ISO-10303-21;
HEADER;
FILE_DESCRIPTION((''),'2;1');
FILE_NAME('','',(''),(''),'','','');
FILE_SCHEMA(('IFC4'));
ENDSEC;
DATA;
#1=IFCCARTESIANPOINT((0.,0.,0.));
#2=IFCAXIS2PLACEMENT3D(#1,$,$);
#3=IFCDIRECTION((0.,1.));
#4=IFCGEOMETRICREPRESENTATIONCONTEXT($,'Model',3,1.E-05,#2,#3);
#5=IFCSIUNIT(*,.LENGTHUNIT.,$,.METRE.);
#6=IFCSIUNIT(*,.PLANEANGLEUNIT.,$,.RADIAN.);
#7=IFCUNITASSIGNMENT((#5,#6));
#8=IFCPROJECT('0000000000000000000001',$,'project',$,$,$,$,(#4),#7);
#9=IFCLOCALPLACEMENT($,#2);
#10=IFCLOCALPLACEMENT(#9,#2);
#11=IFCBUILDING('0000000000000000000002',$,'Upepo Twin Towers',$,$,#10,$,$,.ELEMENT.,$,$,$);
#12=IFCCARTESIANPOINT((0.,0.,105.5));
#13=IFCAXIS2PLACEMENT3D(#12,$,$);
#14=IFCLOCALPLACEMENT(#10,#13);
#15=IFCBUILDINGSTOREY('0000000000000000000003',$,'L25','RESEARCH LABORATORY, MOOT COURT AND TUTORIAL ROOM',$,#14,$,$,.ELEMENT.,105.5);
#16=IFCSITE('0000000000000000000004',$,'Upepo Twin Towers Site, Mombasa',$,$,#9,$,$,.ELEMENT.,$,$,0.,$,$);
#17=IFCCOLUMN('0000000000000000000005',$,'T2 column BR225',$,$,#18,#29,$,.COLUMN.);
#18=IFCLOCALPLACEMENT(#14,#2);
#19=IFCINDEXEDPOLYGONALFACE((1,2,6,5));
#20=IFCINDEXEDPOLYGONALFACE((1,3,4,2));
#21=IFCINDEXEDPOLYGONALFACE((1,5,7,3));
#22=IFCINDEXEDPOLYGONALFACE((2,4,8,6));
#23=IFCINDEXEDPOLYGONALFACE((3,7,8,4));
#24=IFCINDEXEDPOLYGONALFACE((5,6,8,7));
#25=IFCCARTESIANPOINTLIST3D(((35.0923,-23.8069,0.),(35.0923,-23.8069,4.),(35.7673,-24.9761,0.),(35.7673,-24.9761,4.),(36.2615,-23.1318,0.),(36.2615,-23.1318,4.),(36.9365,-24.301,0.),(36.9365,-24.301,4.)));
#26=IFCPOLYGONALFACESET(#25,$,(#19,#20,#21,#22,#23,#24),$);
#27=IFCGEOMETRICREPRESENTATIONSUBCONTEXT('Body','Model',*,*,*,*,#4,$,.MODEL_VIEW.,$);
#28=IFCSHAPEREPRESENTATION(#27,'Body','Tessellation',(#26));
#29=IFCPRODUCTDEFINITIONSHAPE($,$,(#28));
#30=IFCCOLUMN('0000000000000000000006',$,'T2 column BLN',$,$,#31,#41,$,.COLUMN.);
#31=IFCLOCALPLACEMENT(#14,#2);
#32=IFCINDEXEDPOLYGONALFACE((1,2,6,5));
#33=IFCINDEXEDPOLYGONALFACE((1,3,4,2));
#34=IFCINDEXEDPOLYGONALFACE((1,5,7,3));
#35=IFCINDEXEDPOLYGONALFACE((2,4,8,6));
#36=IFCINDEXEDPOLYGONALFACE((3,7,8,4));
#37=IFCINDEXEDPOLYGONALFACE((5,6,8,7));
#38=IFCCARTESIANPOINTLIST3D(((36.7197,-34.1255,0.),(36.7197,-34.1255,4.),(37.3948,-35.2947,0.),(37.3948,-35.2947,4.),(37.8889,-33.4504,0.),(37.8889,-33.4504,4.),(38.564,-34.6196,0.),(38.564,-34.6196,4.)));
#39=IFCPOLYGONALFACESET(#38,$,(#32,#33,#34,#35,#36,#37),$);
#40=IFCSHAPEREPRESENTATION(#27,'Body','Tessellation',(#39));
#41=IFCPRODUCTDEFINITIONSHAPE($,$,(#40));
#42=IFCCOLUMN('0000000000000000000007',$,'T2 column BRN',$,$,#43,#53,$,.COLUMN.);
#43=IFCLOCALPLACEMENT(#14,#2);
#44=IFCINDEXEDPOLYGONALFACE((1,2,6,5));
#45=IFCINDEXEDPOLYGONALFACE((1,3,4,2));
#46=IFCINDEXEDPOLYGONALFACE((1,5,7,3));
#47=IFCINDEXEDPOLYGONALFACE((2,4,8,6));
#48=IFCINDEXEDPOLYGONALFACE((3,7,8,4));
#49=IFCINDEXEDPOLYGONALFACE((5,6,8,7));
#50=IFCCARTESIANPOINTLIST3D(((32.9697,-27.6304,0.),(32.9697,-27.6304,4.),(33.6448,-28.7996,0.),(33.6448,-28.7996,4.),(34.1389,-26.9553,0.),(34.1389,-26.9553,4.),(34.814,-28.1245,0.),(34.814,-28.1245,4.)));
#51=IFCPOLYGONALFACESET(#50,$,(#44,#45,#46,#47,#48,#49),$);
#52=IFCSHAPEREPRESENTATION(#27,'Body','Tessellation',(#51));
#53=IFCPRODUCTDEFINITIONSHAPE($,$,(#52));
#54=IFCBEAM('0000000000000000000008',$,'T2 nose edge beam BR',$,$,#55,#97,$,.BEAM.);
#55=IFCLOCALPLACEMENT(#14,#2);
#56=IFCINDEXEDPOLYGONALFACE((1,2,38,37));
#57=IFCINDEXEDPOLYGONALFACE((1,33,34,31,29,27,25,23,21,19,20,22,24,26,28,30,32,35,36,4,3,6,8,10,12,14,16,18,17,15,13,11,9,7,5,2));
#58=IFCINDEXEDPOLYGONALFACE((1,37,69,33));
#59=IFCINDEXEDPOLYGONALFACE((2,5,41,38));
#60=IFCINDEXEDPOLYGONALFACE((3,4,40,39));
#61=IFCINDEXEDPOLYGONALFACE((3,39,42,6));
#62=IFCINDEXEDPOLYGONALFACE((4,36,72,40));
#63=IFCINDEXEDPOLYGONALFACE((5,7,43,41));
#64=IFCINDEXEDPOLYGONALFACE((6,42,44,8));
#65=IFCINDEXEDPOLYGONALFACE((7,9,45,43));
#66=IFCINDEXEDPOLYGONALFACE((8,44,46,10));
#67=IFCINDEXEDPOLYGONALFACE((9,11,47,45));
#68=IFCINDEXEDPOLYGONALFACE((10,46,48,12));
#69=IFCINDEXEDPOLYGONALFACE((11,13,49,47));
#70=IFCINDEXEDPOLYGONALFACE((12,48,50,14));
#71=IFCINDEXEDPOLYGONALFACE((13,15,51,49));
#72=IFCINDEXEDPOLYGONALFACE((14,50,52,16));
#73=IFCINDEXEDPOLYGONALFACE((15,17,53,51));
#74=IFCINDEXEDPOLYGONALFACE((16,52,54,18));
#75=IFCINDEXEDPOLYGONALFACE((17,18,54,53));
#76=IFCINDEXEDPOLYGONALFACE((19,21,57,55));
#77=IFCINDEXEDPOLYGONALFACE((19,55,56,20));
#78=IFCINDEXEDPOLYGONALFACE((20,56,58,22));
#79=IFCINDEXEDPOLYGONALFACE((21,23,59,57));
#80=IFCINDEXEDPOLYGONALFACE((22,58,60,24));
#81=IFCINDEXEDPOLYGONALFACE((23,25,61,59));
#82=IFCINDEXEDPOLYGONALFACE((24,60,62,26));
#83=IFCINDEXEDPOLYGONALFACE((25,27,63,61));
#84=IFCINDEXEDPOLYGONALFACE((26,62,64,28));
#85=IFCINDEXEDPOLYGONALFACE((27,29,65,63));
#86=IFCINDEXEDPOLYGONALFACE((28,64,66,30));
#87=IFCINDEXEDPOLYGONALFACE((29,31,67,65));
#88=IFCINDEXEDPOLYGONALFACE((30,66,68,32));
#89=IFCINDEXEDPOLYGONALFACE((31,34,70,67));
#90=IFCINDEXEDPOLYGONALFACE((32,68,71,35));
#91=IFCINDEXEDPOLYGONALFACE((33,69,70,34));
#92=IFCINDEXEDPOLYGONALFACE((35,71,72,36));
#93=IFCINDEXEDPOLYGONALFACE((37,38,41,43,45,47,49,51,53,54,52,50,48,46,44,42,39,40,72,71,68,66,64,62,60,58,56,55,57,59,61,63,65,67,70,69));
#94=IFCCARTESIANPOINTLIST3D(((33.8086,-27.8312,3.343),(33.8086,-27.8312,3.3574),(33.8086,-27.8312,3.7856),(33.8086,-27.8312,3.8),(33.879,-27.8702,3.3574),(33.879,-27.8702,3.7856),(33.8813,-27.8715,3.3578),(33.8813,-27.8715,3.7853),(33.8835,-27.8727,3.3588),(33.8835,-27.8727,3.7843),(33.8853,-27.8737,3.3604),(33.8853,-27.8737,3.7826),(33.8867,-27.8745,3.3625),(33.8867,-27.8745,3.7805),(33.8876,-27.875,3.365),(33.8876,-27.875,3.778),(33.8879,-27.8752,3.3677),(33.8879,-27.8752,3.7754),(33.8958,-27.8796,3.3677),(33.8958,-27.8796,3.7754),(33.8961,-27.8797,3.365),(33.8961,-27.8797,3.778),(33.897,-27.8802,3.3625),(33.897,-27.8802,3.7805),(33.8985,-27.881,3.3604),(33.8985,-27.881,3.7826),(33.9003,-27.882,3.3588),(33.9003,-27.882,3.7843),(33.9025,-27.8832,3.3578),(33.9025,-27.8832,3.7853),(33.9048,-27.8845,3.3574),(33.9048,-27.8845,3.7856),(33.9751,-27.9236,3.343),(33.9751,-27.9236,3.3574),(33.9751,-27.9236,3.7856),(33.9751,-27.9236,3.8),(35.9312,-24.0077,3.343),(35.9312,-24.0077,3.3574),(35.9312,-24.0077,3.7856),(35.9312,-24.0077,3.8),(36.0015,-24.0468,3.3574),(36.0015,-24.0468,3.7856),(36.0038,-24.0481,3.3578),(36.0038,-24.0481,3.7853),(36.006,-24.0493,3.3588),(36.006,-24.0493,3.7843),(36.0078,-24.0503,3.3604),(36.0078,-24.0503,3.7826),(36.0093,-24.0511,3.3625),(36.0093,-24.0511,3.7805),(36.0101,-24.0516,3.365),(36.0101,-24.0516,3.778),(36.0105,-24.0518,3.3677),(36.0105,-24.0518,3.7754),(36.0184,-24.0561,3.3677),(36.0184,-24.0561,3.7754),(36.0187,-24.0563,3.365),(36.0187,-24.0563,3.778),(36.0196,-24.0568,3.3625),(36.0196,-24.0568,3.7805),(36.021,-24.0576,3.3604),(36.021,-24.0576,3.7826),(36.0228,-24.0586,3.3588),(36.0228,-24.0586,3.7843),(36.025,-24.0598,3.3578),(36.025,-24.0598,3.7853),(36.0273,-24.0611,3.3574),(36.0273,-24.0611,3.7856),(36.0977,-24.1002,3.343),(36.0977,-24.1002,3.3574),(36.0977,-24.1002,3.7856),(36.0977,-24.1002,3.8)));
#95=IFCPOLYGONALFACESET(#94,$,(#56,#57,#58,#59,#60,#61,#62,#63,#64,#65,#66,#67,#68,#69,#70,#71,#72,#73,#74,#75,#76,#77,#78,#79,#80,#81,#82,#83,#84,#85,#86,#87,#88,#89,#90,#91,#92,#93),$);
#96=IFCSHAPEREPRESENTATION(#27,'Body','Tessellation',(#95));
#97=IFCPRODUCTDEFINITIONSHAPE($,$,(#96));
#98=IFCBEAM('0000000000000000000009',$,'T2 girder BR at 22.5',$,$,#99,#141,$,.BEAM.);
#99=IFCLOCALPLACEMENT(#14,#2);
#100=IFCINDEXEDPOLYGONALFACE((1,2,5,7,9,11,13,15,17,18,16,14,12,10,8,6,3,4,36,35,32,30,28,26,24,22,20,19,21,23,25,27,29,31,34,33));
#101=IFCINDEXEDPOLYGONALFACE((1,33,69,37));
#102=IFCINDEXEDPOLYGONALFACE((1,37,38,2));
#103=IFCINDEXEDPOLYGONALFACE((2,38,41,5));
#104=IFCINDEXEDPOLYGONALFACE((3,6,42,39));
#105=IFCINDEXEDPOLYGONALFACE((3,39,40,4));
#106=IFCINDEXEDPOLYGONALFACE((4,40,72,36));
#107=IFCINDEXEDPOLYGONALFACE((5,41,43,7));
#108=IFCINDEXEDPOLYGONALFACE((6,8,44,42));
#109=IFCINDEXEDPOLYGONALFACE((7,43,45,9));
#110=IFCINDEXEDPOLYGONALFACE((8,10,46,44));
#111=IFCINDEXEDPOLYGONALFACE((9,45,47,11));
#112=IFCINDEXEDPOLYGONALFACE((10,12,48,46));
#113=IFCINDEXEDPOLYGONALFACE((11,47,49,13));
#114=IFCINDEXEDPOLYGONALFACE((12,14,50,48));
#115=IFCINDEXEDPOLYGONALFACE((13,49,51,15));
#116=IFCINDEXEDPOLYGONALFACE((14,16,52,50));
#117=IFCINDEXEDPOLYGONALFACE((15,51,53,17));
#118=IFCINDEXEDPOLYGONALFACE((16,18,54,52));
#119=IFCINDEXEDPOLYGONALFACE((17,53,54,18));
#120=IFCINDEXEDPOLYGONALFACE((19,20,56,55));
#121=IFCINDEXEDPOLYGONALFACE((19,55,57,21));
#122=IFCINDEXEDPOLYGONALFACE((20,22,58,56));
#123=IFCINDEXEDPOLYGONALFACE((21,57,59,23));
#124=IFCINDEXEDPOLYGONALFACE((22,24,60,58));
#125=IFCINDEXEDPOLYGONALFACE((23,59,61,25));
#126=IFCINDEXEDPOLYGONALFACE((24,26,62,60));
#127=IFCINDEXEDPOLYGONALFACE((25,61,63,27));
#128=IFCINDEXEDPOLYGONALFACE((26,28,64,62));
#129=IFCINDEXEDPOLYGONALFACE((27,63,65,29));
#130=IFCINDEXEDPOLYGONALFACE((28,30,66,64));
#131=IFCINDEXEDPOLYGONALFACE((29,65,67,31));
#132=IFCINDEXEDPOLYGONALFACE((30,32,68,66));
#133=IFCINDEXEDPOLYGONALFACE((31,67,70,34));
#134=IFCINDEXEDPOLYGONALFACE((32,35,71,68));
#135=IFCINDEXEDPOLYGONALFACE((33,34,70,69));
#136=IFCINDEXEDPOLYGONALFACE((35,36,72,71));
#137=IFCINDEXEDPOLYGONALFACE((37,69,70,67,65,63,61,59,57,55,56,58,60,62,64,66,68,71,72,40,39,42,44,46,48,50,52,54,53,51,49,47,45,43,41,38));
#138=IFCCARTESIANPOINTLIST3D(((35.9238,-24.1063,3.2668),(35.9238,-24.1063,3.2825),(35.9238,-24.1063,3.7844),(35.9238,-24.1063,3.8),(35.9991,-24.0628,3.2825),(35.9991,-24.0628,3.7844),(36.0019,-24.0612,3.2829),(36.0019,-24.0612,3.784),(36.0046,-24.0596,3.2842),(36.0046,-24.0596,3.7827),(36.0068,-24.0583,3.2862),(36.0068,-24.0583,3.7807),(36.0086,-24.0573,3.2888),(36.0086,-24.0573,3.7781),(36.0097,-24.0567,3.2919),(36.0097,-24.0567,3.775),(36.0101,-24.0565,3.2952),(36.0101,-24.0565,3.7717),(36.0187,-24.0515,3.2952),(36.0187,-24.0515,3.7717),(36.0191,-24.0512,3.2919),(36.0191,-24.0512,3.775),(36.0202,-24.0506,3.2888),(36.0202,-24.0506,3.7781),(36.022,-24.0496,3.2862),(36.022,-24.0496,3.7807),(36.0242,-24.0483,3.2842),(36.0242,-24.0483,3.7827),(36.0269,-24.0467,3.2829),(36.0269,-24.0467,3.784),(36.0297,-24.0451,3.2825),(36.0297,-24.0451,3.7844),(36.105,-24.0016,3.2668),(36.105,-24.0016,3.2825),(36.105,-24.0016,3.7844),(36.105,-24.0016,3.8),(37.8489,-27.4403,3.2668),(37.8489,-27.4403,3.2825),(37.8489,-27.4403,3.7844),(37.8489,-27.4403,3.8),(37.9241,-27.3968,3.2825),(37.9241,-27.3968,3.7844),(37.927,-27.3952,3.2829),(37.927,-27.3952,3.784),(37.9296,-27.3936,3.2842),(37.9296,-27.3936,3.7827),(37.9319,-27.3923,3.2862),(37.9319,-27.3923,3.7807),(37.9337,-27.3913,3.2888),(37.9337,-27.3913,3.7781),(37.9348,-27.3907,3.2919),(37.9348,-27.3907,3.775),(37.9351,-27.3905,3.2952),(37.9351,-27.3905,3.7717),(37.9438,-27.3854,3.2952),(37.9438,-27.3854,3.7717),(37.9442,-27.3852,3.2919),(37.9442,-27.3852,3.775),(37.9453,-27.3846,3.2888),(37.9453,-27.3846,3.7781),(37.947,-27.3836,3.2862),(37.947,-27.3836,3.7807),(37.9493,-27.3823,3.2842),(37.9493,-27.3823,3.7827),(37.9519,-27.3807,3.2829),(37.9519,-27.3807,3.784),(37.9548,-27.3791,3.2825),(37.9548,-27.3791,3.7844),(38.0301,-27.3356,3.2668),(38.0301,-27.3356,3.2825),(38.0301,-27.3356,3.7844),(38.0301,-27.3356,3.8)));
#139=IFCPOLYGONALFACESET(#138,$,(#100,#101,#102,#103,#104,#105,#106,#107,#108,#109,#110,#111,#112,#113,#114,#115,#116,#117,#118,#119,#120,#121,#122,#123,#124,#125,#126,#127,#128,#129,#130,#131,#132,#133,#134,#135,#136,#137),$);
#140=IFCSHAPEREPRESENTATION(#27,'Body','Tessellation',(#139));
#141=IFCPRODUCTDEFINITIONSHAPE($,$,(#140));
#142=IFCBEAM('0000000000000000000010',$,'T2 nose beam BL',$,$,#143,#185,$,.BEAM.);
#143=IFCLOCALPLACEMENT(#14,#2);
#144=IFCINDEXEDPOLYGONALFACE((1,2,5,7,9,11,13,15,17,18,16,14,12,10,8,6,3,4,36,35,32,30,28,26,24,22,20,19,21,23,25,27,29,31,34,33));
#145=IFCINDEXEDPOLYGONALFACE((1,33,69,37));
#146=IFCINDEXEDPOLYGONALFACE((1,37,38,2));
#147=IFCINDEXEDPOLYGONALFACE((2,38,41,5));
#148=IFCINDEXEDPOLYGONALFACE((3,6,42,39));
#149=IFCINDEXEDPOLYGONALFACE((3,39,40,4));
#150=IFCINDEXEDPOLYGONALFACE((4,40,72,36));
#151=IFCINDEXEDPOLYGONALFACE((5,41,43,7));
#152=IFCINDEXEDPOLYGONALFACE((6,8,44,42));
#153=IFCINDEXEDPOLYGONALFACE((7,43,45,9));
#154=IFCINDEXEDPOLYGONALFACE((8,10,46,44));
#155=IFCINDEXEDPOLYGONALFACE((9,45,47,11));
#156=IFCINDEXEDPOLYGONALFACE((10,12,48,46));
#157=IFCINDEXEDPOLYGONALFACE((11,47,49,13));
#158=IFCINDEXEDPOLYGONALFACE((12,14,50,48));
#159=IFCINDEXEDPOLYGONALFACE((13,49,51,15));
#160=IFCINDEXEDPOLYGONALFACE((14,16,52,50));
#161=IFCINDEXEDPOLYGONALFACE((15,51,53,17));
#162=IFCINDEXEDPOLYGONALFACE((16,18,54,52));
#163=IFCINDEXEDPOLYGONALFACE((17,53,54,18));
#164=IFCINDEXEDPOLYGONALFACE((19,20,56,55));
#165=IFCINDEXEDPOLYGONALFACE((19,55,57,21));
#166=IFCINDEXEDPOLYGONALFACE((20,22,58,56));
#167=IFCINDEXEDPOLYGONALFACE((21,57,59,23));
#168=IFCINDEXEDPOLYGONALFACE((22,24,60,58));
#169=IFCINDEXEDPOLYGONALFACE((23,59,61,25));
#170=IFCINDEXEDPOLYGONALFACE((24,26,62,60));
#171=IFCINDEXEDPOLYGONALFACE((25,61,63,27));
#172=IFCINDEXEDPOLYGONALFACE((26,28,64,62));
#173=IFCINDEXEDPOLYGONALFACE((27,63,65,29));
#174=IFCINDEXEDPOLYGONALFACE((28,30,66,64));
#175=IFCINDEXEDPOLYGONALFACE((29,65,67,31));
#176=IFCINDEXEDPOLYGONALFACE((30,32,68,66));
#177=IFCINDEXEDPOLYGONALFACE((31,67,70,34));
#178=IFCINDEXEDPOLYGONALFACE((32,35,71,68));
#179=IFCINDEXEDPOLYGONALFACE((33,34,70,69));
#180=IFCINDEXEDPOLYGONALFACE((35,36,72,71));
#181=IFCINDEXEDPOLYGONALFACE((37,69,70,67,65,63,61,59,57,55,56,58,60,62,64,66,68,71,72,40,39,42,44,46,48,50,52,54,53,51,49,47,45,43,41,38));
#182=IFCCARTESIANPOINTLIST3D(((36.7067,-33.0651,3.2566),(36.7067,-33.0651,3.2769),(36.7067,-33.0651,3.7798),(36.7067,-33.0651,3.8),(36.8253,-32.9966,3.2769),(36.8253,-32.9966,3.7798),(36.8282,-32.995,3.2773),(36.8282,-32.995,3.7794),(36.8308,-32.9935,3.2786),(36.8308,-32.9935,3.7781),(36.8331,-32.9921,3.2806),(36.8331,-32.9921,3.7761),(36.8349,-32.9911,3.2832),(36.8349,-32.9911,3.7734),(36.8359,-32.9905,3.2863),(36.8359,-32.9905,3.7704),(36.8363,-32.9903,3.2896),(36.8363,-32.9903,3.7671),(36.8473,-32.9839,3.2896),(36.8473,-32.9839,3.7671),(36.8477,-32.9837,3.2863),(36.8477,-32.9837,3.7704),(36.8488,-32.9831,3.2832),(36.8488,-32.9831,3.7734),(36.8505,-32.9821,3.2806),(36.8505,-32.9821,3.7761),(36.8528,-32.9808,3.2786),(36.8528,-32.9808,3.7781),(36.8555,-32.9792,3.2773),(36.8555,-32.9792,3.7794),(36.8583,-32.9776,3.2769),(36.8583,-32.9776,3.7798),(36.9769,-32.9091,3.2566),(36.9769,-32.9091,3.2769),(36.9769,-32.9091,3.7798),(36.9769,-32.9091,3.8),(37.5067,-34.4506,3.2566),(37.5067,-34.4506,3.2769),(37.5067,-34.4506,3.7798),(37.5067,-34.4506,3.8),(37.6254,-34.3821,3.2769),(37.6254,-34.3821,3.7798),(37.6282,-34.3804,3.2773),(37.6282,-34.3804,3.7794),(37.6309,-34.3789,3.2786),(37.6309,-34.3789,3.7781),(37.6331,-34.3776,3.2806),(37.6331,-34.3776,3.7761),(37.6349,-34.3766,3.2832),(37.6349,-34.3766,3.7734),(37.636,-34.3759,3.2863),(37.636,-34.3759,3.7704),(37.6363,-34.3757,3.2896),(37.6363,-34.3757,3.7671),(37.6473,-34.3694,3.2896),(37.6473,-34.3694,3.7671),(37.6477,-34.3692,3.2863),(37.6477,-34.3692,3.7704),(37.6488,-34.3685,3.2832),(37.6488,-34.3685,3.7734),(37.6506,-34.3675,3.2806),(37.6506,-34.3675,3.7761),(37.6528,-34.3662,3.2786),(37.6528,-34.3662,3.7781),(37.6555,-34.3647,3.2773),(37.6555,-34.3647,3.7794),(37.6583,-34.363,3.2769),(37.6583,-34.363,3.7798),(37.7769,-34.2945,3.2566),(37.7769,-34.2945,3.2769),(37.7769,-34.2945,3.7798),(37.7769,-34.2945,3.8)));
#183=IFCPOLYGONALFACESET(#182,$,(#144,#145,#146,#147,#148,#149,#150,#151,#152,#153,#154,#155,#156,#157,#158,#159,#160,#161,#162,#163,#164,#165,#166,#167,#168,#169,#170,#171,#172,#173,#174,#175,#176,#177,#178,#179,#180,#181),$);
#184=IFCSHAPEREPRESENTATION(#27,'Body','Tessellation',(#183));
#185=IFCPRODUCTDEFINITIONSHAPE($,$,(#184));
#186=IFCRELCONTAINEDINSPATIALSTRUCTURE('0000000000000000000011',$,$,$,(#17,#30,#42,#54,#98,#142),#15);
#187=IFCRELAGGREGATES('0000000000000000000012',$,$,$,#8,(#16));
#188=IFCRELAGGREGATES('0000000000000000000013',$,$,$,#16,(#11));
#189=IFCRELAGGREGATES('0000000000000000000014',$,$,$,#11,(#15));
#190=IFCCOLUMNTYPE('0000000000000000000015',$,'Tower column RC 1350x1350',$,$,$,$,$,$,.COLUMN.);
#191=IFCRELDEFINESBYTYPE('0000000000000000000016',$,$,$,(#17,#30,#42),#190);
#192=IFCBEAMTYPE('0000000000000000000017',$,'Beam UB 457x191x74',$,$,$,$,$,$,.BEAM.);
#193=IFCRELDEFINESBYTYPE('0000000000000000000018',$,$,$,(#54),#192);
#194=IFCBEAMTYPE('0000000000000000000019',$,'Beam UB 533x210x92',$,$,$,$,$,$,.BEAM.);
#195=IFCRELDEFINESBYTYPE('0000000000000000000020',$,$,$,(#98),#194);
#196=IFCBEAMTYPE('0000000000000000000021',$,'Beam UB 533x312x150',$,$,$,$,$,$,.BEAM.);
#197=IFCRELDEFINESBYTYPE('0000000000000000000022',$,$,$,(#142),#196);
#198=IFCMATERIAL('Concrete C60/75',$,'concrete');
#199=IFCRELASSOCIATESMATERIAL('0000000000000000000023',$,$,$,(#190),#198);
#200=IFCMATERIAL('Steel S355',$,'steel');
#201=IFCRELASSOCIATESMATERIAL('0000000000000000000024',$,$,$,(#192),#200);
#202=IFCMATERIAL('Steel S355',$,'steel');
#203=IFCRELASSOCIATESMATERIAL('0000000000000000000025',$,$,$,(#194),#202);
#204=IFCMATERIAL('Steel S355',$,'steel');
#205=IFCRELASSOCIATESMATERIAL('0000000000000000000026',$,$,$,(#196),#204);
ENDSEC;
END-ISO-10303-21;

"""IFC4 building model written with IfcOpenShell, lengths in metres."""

from ifc_helpers import new_model, si_unit, direction, frame, origin, origin_2d, place, context, subcontext, project, spatial, rectangle, i_section, extrude, material, material_profile, profile_set, type_object, element, save


model = new_model("IFC4")

# Units and contexts
model_context = context("Model", 3, precision=1e-05, world=origin(), true_north=direction((0.0, 1.0)))
body_context = subcontext(model_context, "Body", "Model", "MODEL_VIEW")
ifc_project = project(units=[si_unit("LENGTHUNIT", "METRE"), si_unit("PLANEANGLEUNIT", "RADIAN")], contexts=[model_context])

# Site, building, storey
site_placement = place(None, origin())
site = spatial("IfcSite", under=ifc_project, at=site_placement, Name="Upepo Twin Towers Site, Mombasa", CompositionType="ELEMENT", RefElevation=0.0)
building_placement = place(site_placement, origin())
building = spatial("IfcBuilding", under=site, at=building_placement, Name="Upepo Twin Towers", CompositionType="ELEMENT")
storey_placement = place(building_placement, frame((0.0, 0.0, 105.5)))
storey = spatial("IfcBuildingStorey", under=building, at=storey_placement, Name="L25", Description="RESEARCH LABORATORY, MOOT COURT AND TUTORIAL ROOM", CompositionType="ELEMENT", Elevation=105.5)

# Columns
ifc_material_1 = material(Name="Concrete C60/75", Category="concrete")
ifc_material_profile_1 = material_profile(ifc_material_1, rectangle(XDim=1.3501, YDim=1.3501, at=origin_2d()), Name="RC 1350x1350")
ifc_profile_set_1 = profile_set([ifc_material_profile_1], Name="Concrete C60/75")
column_type = type_object("IfcColumnType", Name="Tower column RC 1350x1350", PredefinedType="COLUMN", material=ifc_profile_set_1)
for number, where, z_axis, x_axis, name in (
    (1, (36.0144, -24.054, 0.0), (0.0, 0.0, 1.0), (0.866025, 0.5, 0.0), "T2 column BR225"),
    (2, (37.6418, -34.3726, 0.0), (0.0, 0.0, 1.0), (0.866025, 0.5, 0.0), "T2 column BLN"),
    (3, (33.8918, -27.8774, 0.0), (0.0, 0.0, 1.0), (0.866025, 0.5, 0.0), "T2 column BRN"),
):
    element("IfcColumn", number, at=place(storey_placement, frame(where, z_axis=z_axis, x_axis=x_axis)), inside=storey, type_object=column_type, Name=name, PredefinedType="COLUMN", context=body_context, shape_type="SweptSolid", body=[
        extrude(rectangle(XDim=1.3501, YDim=1.3501, at=origin_2d()), origin(), (0.0, 0.0, 1.0), 4.0),
    ])

# Beams
ifc_material_2 = material(Name="Steel S355", Category="steel")
ifc_material_profile_2 = material_profile(ifc_material_2, i_section(OverallWidth=0.1904, OverallDepth=0.457, WebThickness=0.009, FlangeThickness=0.0144, FilletRadius=0.0103, at=origin_2d()), Name="UB 457x191x74")
ifc_profile_set_2 = profile_set([ifc_material_profile_2], Name="Steel S355")
beam_type_1 = type_object("IfcBeamType", Name="Beam UB 457x191x74", PredefinedType="BEAM", material=ifc_profile_set_2)
beam_1_placement = place(storey_placement, frame((36.0144, -24.054, 3.5715), z_axis=(-0.485363, -0.874313, 0.0), x_axis=(0.874313, -0.485363, 0.0)))
element("IfcBeam", 4, at=beam_1_placement, inside=storey, type_object=beam_type_1, Name="T2 nose edge beam BR", PredefinedType="BEAM", context=body_context, shape_type="SweptSolid", body=[
    extrude(i_section(OverallWidth=0.1904, OverallDepth=0.457, WebThickness=0.009, FlangeThickness=0.0144, FilletRadius=0.0103, at=origin_2d()), origin(), (0.0, 0.0, 1.0), 4.373),
])
ifc_material_3 = material(Name="Steel S355", Category="steel")
ifc_material_profile_3 = material_profile(ifc_material_3, i_section(OverallWidth=0.2092, OverallDepth=0.5332, WebThickness=0.01, FlangeThickness=0.0156, FilletRadius=0.0127, at=origin_2d()), Name="UB 533x210x92")
ifc_profile_set_3 = profile_set([ifc_material_profile_3], Name="Steel S355")
beam_type_2 = type_object("IfcBeamType", Name="Beam UB 533x210x92", PredefinedType="BEAM", material=ifc_profile_set_3)
beam_2_placement = place(storey_placement, frame((36.0144, -24.054, 3.5334), z_axis=(0.500034, -0.866006, 0.0), x_axis=(0.866006, 0.500034, 0.0)))
element("IfcBeam", 5, at=beam_2_placement, inside=storey, type_object=beam_type_2, Name="T2 girder BR at 22.5", PredefinedType="BEAM", context=body_context, shape_type="SweptSolid", body=[
    extrude(i_section(OverallWidth=0.2092, OverallDepth=0.5332, WebThickness=0.01, FlangeThickness=0.0156, FilletRadius=0.0127, at=origin_2d()), origin(), (0.0, 0.0, 1.0), 3.8499),
])
ifc_material_4 = material(Name="Steel S355", Category="steel")
ifc_material_profile_4 = material_profile(ifc_material_4, i_section(OverallWidth=0.312, OverallDepth=0.5435, WebThickness=0.0127, FlangeThickness=0.0203, FilletRadius=0.0127, at=origin_2d()), Name="UB 533x312x150")
ifc_profile_set_4 = profile_set([ifc_material_profile_4], Name="Steel S355")
beam_type_3 = type_object("IfcBeamType", Name="Beam UB 533x312x150", PredefinedType="BEAM", material=ifc_profile_set_4)
for number, where, z_axis, x_axis, name in (
    (6, (37.6418, -34.3726, 3.5283), (-0.500061, 0.86599, 0.0), (-0.86599, -0.500061, 0.0), "T2 nose beam BL"),
):
    element("IfcBeam", number, at=place(storey_placement, frame(where, z_axis=z_axis, x_axis=x_axis)), inside=storey, type_object=beam_type_3, Name=name, PredefinedType="BEAM", context=body_context, shape_type="SweptSolid", body=[
        extrude(i_section(OverallWidth=0.312, OverallDepth=0.5435, WebThickness=0.0127, FlangeThickness=0.0203, FilletRadius=0.0127, at=origin_2d()), origin(), (0.0, 0.0, 1.0), 1.5999),
    ])

save(model, "model.ifc")
